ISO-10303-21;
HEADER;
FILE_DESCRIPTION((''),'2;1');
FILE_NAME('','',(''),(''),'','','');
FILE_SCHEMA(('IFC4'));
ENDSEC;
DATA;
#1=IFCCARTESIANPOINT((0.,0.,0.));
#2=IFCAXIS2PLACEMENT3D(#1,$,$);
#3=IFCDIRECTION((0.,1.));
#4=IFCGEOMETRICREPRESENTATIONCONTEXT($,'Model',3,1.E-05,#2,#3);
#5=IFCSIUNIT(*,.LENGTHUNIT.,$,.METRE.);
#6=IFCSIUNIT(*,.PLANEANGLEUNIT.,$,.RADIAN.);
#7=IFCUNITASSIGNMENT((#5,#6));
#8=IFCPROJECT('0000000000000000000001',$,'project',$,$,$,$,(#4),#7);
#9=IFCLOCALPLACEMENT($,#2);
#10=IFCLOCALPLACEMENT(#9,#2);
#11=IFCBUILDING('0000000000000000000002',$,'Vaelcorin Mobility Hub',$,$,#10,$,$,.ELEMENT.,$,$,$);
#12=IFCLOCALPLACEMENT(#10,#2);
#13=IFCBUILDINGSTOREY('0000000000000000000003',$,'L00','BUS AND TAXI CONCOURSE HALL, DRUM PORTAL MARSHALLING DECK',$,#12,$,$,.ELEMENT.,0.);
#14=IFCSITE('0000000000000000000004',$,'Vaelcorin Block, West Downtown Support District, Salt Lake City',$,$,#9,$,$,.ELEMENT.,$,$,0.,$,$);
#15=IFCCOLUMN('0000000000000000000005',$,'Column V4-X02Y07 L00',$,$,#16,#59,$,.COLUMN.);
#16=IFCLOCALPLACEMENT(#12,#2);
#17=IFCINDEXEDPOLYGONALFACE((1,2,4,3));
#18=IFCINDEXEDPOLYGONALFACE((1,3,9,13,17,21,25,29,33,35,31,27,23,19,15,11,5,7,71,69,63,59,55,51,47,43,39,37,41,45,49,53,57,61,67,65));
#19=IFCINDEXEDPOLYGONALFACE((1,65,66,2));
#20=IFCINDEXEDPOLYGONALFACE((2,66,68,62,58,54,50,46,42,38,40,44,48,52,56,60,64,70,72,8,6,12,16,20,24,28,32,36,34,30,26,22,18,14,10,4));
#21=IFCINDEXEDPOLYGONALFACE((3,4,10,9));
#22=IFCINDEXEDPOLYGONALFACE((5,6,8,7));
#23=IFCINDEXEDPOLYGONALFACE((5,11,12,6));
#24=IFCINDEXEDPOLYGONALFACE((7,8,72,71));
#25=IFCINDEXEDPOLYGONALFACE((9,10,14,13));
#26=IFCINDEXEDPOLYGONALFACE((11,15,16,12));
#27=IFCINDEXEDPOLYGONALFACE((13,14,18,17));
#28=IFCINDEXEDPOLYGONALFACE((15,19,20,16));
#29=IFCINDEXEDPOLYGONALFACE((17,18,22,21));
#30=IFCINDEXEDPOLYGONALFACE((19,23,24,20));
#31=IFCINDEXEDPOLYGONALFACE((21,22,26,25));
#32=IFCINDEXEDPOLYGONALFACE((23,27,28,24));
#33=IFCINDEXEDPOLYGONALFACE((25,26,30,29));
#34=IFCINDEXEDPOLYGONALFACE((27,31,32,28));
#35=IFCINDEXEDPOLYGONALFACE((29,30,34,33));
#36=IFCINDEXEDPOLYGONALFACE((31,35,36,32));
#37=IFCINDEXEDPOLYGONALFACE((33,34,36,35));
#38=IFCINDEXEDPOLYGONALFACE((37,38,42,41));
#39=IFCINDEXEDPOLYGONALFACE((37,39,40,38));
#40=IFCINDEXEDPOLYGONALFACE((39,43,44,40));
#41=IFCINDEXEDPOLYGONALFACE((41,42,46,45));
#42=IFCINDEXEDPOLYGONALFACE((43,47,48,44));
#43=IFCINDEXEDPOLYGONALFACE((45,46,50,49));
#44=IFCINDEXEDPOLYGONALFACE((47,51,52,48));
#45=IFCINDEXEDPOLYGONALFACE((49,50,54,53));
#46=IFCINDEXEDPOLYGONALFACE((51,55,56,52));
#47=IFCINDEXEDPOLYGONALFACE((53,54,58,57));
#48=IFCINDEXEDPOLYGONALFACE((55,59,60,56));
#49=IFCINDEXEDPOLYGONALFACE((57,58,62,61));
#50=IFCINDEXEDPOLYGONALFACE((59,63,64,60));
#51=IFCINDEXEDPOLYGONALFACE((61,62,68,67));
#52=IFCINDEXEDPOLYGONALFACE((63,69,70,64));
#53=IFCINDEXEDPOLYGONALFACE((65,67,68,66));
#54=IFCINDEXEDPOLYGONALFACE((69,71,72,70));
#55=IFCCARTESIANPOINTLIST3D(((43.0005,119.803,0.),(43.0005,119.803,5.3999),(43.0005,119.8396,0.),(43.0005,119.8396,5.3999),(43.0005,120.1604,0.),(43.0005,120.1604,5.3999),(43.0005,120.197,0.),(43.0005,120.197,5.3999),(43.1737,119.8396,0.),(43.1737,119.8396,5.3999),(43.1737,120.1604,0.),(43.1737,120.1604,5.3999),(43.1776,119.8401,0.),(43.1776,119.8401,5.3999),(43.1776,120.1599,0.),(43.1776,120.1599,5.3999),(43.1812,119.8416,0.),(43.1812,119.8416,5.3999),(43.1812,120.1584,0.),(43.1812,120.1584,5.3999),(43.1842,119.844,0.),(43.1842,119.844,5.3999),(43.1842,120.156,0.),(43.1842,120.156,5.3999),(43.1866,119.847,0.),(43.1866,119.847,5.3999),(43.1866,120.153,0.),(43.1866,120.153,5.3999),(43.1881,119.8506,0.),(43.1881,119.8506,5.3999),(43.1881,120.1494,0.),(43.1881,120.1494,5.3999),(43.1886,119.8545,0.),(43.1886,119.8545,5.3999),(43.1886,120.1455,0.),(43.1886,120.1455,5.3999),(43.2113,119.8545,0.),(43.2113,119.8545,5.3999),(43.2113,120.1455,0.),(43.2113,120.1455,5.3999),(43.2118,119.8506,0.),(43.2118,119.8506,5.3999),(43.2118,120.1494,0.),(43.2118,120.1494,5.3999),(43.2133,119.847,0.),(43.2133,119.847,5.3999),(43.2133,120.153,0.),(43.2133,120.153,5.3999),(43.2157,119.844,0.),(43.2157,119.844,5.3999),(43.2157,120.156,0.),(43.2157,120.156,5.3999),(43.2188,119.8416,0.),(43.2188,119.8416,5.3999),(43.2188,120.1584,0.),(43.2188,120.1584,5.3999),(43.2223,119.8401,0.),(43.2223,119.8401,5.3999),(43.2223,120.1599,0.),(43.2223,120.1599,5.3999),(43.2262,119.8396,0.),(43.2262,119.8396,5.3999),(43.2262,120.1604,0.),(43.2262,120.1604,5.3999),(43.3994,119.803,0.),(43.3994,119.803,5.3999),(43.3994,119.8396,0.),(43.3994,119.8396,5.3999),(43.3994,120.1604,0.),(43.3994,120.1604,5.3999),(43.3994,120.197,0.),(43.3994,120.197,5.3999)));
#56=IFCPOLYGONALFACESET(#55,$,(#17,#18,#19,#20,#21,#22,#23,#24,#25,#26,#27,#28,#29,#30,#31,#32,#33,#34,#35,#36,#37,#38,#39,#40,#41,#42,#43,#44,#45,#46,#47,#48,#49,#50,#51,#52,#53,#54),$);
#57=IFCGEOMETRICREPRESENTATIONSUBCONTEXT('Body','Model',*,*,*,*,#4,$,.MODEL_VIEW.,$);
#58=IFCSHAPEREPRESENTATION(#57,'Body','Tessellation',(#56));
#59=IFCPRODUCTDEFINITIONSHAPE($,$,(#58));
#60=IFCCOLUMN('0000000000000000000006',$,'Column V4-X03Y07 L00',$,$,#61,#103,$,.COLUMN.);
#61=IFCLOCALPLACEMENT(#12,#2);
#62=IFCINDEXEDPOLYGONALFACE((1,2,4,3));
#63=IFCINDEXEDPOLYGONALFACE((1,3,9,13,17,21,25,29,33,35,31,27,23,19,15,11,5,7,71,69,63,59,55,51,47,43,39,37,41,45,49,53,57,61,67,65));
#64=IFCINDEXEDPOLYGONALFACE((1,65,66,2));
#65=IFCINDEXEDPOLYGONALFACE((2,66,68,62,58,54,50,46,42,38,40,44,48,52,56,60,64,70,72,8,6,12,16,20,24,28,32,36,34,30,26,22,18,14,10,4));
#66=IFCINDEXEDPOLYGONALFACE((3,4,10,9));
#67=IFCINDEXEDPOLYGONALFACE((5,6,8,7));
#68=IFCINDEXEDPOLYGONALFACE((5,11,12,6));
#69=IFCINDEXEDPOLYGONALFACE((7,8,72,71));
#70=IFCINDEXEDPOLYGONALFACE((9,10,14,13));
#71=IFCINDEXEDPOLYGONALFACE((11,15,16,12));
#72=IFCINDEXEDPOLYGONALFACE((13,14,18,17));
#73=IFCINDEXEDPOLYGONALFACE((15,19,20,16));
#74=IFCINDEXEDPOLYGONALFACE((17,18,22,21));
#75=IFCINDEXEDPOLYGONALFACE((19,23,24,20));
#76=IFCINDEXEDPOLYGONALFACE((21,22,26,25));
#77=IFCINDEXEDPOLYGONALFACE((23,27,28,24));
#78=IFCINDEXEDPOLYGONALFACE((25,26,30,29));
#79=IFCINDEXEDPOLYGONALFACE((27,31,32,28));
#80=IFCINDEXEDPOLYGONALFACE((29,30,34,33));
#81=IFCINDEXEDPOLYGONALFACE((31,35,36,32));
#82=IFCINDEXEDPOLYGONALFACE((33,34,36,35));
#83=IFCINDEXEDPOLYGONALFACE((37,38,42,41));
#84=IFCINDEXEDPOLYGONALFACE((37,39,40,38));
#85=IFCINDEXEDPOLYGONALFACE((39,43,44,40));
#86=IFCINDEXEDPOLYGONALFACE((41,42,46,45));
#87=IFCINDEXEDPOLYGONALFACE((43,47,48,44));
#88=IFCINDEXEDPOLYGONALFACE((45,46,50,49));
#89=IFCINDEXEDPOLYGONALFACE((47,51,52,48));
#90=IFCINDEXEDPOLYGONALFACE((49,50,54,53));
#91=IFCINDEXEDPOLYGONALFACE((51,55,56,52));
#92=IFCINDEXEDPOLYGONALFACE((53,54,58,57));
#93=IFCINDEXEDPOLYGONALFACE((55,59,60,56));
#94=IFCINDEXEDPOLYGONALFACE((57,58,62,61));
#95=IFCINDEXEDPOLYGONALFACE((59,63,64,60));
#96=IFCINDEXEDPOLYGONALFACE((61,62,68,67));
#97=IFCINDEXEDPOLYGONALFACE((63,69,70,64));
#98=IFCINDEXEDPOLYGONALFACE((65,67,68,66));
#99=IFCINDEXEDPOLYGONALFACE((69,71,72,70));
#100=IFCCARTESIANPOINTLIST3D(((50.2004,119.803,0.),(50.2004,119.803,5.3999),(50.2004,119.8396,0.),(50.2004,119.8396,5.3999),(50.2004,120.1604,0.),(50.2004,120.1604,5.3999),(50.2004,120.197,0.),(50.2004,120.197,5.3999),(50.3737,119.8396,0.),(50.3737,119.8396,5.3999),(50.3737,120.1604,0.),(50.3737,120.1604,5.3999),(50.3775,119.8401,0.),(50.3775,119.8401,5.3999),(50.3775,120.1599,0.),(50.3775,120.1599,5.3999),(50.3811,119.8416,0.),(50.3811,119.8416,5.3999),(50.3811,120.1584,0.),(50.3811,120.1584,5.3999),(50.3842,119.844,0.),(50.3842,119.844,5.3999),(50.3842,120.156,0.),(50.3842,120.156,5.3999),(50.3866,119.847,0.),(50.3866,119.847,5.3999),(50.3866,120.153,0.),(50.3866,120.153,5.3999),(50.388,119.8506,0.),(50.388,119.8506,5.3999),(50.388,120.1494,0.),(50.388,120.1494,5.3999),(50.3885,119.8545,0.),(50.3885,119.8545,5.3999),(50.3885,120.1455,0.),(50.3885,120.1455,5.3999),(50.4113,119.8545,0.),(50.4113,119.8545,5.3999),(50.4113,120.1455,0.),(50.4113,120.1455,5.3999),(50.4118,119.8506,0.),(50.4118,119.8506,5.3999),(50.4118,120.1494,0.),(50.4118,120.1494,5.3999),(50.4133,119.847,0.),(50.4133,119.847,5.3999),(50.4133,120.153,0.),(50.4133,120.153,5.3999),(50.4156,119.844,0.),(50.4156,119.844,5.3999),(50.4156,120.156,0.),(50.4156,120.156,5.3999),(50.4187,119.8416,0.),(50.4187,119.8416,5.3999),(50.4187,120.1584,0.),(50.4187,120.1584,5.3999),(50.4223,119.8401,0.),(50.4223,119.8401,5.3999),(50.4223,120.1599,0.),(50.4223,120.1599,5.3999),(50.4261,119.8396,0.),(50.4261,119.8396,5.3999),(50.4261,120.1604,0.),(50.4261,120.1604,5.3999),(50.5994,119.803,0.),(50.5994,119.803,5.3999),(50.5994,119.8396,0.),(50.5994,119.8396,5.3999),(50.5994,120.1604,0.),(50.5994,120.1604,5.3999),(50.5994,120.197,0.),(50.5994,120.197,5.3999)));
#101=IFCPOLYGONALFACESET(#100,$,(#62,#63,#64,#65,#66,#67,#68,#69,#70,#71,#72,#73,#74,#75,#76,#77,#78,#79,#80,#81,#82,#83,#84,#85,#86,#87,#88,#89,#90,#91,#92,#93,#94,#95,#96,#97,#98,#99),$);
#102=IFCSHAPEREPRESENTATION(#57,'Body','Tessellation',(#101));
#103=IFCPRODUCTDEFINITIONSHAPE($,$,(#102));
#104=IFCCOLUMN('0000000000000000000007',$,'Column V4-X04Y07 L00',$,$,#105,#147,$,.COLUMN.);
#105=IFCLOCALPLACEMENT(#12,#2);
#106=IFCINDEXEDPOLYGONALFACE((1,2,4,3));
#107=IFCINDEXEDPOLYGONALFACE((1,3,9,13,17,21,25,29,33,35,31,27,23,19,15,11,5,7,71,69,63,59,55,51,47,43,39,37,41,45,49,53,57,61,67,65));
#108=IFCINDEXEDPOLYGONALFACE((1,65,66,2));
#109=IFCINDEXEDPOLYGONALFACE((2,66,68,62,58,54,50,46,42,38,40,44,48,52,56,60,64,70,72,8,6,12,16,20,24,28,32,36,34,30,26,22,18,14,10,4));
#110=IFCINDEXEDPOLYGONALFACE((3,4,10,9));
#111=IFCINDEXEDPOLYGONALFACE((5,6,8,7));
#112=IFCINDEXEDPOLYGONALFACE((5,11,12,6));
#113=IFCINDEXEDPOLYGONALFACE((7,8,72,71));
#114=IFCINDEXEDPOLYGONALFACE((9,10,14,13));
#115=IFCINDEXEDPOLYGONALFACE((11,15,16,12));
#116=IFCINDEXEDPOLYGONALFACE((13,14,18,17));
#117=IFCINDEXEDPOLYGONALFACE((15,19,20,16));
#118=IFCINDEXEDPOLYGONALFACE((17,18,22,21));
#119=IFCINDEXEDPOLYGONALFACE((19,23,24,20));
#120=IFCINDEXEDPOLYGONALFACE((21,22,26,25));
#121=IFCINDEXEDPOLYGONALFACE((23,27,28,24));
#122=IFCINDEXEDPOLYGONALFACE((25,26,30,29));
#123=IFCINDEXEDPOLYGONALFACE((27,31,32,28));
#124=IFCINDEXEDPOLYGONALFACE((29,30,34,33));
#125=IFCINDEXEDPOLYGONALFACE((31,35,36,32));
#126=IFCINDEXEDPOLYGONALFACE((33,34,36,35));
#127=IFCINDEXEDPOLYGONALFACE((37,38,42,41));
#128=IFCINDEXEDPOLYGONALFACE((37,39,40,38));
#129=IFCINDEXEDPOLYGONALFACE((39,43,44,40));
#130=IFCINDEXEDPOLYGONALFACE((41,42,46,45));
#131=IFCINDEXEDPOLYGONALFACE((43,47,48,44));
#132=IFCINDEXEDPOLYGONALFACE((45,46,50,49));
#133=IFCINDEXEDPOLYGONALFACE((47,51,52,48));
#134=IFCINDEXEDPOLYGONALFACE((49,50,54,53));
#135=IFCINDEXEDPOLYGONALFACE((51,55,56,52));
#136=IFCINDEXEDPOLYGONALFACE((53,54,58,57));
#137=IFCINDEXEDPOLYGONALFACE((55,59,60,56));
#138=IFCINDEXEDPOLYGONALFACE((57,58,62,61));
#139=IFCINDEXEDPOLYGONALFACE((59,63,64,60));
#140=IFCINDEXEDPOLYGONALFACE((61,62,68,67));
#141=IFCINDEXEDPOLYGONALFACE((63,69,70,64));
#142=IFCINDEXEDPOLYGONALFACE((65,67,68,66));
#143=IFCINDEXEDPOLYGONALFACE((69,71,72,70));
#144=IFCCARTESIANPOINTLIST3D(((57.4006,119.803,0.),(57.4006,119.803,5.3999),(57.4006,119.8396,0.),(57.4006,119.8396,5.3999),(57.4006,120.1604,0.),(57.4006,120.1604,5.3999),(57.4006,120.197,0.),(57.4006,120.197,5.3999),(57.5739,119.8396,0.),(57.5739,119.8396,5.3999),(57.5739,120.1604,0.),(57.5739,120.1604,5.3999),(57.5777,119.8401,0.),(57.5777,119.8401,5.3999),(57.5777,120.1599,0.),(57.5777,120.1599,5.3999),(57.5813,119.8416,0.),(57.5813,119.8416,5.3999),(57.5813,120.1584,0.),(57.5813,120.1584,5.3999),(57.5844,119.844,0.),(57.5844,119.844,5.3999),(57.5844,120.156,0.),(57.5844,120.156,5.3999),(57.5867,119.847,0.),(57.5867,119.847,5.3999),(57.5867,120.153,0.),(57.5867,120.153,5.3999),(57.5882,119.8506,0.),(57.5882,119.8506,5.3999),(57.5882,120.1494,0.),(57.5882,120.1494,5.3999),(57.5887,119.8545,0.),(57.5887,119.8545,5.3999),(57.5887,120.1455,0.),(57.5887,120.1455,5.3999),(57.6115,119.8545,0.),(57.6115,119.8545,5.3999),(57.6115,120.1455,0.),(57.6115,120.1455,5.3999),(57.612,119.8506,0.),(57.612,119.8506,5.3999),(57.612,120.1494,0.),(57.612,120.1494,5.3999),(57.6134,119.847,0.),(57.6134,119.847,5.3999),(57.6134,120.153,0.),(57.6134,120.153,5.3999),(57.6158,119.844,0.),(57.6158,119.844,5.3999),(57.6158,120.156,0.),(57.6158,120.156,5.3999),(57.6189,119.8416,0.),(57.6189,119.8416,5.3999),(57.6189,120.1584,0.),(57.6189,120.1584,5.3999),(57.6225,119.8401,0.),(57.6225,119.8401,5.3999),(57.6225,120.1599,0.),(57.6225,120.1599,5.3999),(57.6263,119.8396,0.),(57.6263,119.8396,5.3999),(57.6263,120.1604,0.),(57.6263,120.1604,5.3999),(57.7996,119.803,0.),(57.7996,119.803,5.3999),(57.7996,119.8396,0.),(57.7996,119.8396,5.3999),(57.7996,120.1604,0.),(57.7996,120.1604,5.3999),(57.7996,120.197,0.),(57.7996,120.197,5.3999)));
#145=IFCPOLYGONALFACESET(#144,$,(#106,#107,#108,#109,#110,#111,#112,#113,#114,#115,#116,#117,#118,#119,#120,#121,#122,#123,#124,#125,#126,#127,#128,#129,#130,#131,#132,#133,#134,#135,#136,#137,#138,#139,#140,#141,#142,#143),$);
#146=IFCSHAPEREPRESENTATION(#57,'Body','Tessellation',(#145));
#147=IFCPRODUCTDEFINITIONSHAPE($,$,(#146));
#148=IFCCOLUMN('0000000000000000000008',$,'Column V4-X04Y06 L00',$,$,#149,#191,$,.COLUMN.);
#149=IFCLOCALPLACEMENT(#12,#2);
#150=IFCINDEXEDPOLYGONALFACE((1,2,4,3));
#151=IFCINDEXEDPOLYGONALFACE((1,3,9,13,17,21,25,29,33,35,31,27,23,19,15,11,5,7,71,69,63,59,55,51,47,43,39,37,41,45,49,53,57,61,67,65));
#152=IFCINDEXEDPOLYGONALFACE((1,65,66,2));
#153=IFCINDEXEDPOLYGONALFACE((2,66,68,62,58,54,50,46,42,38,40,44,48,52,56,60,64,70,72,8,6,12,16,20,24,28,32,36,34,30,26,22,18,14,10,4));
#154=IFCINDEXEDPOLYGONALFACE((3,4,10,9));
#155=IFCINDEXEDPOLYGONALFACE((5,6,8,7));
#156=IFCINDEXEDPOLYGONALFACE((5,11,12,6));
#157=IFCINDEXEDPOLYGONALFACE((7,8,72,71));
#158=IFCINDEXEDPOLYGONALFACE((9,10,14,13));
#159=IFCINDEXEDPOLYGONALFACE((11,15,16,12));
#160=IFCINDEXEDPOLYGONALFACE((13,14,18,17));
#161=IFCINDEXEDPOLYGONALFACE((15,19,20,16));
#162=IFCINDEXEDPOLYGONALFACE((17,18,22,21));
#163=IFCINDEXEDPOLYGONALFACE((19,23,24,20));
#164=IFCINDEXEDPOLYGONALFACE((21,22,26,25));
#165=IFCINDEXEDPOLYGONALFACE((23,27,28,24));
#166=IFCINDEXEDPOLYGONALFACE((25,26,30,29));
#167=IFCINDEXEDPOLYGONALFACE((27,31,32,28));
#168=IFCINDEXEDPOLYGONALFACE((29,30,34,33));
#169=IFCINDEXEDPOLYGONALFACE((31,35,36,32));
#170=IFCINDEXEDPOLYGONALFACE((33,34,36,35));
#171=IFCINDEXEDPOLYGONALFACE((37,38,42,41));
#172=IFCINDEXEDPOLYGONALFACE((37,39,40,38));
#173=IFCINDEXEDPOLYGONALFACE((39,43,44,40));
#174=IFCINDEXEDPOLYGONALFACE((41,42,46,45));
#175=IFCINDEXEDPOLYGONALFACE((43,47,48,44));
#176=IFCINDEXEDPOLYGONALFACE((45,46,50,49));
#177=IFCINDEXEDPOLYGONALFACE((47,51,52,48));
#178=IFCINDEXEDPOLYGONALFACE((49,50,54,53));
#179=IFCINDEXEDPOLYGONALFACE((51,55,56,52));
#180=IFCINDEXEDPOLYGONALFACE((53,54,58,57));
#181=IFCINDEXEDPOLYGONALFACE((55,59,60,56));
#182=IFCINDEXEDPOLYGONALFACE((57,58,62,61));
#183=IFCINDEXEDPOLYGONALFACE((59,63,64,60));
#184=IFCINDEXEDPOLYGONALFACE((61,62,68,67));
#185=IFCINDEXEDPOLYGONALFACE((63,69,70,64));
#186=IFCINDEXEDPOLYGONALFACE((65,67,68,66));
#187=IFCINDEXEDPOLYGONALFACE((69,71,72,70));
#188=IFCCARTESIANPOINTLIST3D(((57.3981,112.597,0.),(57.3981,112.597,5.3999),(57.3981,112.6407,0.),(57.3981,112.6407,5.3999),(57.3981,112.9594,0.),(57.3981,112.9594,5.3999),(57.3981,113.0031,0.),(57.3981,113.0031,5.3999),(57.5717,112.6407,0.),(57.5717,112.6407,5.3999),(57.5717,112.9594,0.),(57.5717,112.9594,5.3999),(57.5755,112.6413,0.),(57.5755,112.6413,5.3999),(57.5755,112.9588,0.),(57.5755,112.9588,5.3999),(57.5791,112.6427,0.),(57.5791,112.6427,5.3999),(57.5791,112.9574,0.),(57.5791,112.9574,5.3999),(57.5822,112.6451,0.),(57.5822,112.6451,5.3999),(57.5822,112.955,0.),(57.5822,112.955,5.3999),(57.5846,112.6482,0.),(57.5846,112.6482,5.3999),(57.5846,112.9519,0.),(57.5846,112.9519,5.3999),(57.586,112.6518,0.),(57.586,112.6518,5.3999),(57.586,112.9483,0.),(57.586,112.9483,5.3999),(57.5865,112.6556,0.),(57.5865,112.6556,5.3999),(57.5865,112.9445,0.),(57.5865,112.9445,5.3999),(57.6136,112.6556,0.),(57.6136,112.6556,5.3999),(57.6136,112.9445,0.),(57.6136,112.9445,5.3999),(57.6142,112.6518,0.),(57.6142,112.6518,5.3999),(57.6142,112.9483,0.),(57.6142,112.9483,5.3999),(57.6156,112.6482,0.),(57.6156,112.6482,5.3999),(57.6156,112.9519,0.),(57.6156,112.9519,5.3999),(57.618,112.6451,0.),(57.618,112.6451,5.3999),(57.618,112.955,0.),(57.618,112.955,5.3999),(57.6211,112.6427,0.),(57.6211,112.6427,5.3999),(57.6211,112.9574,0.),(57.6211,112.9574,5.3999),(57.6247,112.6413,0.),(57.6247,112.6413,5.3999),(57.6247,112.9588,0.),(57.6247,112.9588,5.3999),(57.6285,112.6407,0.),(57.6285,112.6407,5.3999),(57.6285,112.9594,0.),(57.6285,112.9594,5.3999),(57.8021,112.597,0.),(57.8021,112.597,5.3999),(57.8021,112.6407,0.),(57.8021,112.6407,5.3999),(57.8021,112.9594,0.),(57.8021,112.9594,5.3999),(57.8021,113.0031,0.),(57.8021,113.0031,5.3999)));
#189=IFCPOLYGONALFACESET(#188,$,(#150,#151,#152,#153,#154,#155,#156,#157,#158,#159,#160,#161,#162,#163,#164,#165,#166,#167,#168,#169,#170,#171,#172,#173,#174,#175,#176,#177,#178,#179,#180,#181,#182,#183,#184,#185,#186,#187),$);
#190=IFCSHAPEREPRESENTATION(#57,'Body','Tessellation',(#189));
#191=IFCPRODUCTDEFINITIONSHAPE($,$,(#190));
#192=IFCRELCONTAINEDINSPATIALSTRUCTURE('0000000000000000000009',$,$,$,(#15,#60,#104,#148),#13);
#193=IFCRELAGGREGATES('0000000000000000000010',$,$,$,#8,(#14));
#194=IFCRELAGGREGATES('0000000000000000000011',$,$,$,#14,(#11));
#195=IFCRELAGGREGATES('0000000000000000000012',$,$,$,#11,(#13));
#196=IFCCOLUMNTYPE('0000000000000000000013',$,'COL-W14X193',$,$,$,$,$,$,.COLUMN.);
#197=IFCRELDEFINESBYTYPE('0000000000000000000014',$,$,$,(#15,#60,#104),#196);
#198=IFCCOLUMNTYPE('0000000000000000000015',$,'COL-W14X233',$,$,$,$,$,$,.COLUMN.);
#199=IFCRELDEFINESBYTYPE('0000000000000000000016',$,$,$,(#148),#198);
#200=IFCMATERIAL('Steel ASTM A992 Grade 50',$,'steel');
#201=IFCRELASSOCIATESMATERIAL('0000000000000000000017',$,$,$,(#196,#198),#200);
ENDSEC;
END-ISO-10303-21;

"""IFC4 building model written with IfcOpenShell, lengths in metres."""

from ifc_helpers import new_model, si_unit, direction, frame, origin, origin_2d, place, context, subcontext, project, spatial, i_section, extrude, material, material_profile, profile_set, type_object, element, save


model = new_model("IFC4")

# Units and contexts
model_context = context("Model", 3, precision=1e-05, world=origin(), true_north=direction((0.0, 1.0)))
body_context = subcontext(model_context, "Body", "Model", "MODEL_VIEW")
ifc_project = project(units=[si_unit("LENGTHUNIT", "METRE"), si_unit("PLANEANGLEUNIT", "RADIAN")], contexts=[model_context])

# Site, building, storey
site_placement = place(None, origin())
site = spatial("IfcSite", under=ifc_project, at=site_placement, Name="Vaelcorin Block, West Downtown Support District, Salt Lake City", CompositionType="ELEMENT", RefElevation=0.0)
building_placement = place(site_placement, origin())
building = spatial("IfcBuilding", under=site, at=building_placement, Name="Vaelcorin Mobility Hub", CompositionType="ELEMENT")
storey_placement = place(building_placement, origin())
storey = spatial("IfcBuildingStorey", under=building, at=storey_placement, Name="L00", Description="BUS AND TAXI CONCOURSE HALL, DRUM PORTAL MARSHALLING DECK", CompositionType="ELEMENT", Elevation=0.0)

# Columns
ifc_material_1 = material(Name="Steel ASTM A992 Grade 50", Category="steel")
ifc_material_profile_1 = material_profile(ifc_material_1, i_section(OverallWidth=0.3989, OverallDepth=0.394, WebThickness=0.0227, FlangeThickness=0.0366, FilletRadius=0.0149, at=origin_2d()), Name="W14X193")
ifc_profile_set_1 = profile_set([ifc_material_profile_1], Name="Steel ASTM A992 Grade 50")
column_type_1 = type_object("IfcColumnType", Name="COL-W14X193", PredefinedType="COLUMN", material=ifc_profile_set_1)
for number, where, z_axis, x_axis, name in (
    (1, (43.2, 120.0, 0.0), (0.0, 0.0, 1.0), (1.0, 0.0, 0.0), "Column V4-X02Y07 L00"),
    (2, (50.3999, 120.0, 0.0), (0.0, 0.0, 1.0), (1.0, 0.0, 0.0), "Column V4-X03Y07 L00"),
    (3, (57.6001, 120.0, 0.0), (0.0, 0.0, 1.0), (1.0, 0.0, 0.0), "Column V4-X04Y07 L00"),
):
    element("IfcColumn", number, at=place(storey_placement, frame(where, z_axis=z_axis, x_axis=x_axis)), inside=storey, type_object=column_type_1, Name=name, PredefinedType="COLUMN", context=body_context, shape_type="SweptSolid", body=[
        extrude(i_section(OverallWidth=0.3989, OverallDepth=0.394, WebThickness=0.0227, FlangeThickness=0.0366, FilletRadius=0.0149, at=origin_2d()), origin(), (0.0, 0.0, 1.0), 5.3999),
    ])
ifc_material_profile_2 = material_profile(ifc_material_1, i_section(OverallWidth=0.4041, OverallDepth=0.406, WebThickness=0.0271, FlangeThickness=0.0437, FilletRadius=0.0149, at=origin_2d()), Name="W14X233")
ifc_profile_set_2 = profile_set([ifc_material_profile_2], Name="Steel ASTM A992 Grade 50")
column_type_2 = type_object("IfcColumnType", Name="COL-W14X233", PredefinedType="COLUMN", material=ifc_profile_set_2)
column_placement = place(storey_placement, frame((57.6001, 112.8, 0.0), z_axis=(0.0, 0.0, 1.0), x_axis=(1.0, 0.0, 0.0)))
element("IfcColumn", 4, at=column_placement, inside=storey, type_object=column_type_2, Name="Column V4-X04Y06 L00", PredefinedType="COLUMN", context=body_context, shape_type="SweptSolid", body=[
    extrude(i_section(OverallWidth=0.4041, OverallDepth=0.406, WebThickness=0.0271, FlangeThickness=0.0437, FilletRadius=0.0149, at=origin_2d()), origin(), (0.0, 0.0, 1.0), 5.3999),
])

save(model, "model.ifc")
